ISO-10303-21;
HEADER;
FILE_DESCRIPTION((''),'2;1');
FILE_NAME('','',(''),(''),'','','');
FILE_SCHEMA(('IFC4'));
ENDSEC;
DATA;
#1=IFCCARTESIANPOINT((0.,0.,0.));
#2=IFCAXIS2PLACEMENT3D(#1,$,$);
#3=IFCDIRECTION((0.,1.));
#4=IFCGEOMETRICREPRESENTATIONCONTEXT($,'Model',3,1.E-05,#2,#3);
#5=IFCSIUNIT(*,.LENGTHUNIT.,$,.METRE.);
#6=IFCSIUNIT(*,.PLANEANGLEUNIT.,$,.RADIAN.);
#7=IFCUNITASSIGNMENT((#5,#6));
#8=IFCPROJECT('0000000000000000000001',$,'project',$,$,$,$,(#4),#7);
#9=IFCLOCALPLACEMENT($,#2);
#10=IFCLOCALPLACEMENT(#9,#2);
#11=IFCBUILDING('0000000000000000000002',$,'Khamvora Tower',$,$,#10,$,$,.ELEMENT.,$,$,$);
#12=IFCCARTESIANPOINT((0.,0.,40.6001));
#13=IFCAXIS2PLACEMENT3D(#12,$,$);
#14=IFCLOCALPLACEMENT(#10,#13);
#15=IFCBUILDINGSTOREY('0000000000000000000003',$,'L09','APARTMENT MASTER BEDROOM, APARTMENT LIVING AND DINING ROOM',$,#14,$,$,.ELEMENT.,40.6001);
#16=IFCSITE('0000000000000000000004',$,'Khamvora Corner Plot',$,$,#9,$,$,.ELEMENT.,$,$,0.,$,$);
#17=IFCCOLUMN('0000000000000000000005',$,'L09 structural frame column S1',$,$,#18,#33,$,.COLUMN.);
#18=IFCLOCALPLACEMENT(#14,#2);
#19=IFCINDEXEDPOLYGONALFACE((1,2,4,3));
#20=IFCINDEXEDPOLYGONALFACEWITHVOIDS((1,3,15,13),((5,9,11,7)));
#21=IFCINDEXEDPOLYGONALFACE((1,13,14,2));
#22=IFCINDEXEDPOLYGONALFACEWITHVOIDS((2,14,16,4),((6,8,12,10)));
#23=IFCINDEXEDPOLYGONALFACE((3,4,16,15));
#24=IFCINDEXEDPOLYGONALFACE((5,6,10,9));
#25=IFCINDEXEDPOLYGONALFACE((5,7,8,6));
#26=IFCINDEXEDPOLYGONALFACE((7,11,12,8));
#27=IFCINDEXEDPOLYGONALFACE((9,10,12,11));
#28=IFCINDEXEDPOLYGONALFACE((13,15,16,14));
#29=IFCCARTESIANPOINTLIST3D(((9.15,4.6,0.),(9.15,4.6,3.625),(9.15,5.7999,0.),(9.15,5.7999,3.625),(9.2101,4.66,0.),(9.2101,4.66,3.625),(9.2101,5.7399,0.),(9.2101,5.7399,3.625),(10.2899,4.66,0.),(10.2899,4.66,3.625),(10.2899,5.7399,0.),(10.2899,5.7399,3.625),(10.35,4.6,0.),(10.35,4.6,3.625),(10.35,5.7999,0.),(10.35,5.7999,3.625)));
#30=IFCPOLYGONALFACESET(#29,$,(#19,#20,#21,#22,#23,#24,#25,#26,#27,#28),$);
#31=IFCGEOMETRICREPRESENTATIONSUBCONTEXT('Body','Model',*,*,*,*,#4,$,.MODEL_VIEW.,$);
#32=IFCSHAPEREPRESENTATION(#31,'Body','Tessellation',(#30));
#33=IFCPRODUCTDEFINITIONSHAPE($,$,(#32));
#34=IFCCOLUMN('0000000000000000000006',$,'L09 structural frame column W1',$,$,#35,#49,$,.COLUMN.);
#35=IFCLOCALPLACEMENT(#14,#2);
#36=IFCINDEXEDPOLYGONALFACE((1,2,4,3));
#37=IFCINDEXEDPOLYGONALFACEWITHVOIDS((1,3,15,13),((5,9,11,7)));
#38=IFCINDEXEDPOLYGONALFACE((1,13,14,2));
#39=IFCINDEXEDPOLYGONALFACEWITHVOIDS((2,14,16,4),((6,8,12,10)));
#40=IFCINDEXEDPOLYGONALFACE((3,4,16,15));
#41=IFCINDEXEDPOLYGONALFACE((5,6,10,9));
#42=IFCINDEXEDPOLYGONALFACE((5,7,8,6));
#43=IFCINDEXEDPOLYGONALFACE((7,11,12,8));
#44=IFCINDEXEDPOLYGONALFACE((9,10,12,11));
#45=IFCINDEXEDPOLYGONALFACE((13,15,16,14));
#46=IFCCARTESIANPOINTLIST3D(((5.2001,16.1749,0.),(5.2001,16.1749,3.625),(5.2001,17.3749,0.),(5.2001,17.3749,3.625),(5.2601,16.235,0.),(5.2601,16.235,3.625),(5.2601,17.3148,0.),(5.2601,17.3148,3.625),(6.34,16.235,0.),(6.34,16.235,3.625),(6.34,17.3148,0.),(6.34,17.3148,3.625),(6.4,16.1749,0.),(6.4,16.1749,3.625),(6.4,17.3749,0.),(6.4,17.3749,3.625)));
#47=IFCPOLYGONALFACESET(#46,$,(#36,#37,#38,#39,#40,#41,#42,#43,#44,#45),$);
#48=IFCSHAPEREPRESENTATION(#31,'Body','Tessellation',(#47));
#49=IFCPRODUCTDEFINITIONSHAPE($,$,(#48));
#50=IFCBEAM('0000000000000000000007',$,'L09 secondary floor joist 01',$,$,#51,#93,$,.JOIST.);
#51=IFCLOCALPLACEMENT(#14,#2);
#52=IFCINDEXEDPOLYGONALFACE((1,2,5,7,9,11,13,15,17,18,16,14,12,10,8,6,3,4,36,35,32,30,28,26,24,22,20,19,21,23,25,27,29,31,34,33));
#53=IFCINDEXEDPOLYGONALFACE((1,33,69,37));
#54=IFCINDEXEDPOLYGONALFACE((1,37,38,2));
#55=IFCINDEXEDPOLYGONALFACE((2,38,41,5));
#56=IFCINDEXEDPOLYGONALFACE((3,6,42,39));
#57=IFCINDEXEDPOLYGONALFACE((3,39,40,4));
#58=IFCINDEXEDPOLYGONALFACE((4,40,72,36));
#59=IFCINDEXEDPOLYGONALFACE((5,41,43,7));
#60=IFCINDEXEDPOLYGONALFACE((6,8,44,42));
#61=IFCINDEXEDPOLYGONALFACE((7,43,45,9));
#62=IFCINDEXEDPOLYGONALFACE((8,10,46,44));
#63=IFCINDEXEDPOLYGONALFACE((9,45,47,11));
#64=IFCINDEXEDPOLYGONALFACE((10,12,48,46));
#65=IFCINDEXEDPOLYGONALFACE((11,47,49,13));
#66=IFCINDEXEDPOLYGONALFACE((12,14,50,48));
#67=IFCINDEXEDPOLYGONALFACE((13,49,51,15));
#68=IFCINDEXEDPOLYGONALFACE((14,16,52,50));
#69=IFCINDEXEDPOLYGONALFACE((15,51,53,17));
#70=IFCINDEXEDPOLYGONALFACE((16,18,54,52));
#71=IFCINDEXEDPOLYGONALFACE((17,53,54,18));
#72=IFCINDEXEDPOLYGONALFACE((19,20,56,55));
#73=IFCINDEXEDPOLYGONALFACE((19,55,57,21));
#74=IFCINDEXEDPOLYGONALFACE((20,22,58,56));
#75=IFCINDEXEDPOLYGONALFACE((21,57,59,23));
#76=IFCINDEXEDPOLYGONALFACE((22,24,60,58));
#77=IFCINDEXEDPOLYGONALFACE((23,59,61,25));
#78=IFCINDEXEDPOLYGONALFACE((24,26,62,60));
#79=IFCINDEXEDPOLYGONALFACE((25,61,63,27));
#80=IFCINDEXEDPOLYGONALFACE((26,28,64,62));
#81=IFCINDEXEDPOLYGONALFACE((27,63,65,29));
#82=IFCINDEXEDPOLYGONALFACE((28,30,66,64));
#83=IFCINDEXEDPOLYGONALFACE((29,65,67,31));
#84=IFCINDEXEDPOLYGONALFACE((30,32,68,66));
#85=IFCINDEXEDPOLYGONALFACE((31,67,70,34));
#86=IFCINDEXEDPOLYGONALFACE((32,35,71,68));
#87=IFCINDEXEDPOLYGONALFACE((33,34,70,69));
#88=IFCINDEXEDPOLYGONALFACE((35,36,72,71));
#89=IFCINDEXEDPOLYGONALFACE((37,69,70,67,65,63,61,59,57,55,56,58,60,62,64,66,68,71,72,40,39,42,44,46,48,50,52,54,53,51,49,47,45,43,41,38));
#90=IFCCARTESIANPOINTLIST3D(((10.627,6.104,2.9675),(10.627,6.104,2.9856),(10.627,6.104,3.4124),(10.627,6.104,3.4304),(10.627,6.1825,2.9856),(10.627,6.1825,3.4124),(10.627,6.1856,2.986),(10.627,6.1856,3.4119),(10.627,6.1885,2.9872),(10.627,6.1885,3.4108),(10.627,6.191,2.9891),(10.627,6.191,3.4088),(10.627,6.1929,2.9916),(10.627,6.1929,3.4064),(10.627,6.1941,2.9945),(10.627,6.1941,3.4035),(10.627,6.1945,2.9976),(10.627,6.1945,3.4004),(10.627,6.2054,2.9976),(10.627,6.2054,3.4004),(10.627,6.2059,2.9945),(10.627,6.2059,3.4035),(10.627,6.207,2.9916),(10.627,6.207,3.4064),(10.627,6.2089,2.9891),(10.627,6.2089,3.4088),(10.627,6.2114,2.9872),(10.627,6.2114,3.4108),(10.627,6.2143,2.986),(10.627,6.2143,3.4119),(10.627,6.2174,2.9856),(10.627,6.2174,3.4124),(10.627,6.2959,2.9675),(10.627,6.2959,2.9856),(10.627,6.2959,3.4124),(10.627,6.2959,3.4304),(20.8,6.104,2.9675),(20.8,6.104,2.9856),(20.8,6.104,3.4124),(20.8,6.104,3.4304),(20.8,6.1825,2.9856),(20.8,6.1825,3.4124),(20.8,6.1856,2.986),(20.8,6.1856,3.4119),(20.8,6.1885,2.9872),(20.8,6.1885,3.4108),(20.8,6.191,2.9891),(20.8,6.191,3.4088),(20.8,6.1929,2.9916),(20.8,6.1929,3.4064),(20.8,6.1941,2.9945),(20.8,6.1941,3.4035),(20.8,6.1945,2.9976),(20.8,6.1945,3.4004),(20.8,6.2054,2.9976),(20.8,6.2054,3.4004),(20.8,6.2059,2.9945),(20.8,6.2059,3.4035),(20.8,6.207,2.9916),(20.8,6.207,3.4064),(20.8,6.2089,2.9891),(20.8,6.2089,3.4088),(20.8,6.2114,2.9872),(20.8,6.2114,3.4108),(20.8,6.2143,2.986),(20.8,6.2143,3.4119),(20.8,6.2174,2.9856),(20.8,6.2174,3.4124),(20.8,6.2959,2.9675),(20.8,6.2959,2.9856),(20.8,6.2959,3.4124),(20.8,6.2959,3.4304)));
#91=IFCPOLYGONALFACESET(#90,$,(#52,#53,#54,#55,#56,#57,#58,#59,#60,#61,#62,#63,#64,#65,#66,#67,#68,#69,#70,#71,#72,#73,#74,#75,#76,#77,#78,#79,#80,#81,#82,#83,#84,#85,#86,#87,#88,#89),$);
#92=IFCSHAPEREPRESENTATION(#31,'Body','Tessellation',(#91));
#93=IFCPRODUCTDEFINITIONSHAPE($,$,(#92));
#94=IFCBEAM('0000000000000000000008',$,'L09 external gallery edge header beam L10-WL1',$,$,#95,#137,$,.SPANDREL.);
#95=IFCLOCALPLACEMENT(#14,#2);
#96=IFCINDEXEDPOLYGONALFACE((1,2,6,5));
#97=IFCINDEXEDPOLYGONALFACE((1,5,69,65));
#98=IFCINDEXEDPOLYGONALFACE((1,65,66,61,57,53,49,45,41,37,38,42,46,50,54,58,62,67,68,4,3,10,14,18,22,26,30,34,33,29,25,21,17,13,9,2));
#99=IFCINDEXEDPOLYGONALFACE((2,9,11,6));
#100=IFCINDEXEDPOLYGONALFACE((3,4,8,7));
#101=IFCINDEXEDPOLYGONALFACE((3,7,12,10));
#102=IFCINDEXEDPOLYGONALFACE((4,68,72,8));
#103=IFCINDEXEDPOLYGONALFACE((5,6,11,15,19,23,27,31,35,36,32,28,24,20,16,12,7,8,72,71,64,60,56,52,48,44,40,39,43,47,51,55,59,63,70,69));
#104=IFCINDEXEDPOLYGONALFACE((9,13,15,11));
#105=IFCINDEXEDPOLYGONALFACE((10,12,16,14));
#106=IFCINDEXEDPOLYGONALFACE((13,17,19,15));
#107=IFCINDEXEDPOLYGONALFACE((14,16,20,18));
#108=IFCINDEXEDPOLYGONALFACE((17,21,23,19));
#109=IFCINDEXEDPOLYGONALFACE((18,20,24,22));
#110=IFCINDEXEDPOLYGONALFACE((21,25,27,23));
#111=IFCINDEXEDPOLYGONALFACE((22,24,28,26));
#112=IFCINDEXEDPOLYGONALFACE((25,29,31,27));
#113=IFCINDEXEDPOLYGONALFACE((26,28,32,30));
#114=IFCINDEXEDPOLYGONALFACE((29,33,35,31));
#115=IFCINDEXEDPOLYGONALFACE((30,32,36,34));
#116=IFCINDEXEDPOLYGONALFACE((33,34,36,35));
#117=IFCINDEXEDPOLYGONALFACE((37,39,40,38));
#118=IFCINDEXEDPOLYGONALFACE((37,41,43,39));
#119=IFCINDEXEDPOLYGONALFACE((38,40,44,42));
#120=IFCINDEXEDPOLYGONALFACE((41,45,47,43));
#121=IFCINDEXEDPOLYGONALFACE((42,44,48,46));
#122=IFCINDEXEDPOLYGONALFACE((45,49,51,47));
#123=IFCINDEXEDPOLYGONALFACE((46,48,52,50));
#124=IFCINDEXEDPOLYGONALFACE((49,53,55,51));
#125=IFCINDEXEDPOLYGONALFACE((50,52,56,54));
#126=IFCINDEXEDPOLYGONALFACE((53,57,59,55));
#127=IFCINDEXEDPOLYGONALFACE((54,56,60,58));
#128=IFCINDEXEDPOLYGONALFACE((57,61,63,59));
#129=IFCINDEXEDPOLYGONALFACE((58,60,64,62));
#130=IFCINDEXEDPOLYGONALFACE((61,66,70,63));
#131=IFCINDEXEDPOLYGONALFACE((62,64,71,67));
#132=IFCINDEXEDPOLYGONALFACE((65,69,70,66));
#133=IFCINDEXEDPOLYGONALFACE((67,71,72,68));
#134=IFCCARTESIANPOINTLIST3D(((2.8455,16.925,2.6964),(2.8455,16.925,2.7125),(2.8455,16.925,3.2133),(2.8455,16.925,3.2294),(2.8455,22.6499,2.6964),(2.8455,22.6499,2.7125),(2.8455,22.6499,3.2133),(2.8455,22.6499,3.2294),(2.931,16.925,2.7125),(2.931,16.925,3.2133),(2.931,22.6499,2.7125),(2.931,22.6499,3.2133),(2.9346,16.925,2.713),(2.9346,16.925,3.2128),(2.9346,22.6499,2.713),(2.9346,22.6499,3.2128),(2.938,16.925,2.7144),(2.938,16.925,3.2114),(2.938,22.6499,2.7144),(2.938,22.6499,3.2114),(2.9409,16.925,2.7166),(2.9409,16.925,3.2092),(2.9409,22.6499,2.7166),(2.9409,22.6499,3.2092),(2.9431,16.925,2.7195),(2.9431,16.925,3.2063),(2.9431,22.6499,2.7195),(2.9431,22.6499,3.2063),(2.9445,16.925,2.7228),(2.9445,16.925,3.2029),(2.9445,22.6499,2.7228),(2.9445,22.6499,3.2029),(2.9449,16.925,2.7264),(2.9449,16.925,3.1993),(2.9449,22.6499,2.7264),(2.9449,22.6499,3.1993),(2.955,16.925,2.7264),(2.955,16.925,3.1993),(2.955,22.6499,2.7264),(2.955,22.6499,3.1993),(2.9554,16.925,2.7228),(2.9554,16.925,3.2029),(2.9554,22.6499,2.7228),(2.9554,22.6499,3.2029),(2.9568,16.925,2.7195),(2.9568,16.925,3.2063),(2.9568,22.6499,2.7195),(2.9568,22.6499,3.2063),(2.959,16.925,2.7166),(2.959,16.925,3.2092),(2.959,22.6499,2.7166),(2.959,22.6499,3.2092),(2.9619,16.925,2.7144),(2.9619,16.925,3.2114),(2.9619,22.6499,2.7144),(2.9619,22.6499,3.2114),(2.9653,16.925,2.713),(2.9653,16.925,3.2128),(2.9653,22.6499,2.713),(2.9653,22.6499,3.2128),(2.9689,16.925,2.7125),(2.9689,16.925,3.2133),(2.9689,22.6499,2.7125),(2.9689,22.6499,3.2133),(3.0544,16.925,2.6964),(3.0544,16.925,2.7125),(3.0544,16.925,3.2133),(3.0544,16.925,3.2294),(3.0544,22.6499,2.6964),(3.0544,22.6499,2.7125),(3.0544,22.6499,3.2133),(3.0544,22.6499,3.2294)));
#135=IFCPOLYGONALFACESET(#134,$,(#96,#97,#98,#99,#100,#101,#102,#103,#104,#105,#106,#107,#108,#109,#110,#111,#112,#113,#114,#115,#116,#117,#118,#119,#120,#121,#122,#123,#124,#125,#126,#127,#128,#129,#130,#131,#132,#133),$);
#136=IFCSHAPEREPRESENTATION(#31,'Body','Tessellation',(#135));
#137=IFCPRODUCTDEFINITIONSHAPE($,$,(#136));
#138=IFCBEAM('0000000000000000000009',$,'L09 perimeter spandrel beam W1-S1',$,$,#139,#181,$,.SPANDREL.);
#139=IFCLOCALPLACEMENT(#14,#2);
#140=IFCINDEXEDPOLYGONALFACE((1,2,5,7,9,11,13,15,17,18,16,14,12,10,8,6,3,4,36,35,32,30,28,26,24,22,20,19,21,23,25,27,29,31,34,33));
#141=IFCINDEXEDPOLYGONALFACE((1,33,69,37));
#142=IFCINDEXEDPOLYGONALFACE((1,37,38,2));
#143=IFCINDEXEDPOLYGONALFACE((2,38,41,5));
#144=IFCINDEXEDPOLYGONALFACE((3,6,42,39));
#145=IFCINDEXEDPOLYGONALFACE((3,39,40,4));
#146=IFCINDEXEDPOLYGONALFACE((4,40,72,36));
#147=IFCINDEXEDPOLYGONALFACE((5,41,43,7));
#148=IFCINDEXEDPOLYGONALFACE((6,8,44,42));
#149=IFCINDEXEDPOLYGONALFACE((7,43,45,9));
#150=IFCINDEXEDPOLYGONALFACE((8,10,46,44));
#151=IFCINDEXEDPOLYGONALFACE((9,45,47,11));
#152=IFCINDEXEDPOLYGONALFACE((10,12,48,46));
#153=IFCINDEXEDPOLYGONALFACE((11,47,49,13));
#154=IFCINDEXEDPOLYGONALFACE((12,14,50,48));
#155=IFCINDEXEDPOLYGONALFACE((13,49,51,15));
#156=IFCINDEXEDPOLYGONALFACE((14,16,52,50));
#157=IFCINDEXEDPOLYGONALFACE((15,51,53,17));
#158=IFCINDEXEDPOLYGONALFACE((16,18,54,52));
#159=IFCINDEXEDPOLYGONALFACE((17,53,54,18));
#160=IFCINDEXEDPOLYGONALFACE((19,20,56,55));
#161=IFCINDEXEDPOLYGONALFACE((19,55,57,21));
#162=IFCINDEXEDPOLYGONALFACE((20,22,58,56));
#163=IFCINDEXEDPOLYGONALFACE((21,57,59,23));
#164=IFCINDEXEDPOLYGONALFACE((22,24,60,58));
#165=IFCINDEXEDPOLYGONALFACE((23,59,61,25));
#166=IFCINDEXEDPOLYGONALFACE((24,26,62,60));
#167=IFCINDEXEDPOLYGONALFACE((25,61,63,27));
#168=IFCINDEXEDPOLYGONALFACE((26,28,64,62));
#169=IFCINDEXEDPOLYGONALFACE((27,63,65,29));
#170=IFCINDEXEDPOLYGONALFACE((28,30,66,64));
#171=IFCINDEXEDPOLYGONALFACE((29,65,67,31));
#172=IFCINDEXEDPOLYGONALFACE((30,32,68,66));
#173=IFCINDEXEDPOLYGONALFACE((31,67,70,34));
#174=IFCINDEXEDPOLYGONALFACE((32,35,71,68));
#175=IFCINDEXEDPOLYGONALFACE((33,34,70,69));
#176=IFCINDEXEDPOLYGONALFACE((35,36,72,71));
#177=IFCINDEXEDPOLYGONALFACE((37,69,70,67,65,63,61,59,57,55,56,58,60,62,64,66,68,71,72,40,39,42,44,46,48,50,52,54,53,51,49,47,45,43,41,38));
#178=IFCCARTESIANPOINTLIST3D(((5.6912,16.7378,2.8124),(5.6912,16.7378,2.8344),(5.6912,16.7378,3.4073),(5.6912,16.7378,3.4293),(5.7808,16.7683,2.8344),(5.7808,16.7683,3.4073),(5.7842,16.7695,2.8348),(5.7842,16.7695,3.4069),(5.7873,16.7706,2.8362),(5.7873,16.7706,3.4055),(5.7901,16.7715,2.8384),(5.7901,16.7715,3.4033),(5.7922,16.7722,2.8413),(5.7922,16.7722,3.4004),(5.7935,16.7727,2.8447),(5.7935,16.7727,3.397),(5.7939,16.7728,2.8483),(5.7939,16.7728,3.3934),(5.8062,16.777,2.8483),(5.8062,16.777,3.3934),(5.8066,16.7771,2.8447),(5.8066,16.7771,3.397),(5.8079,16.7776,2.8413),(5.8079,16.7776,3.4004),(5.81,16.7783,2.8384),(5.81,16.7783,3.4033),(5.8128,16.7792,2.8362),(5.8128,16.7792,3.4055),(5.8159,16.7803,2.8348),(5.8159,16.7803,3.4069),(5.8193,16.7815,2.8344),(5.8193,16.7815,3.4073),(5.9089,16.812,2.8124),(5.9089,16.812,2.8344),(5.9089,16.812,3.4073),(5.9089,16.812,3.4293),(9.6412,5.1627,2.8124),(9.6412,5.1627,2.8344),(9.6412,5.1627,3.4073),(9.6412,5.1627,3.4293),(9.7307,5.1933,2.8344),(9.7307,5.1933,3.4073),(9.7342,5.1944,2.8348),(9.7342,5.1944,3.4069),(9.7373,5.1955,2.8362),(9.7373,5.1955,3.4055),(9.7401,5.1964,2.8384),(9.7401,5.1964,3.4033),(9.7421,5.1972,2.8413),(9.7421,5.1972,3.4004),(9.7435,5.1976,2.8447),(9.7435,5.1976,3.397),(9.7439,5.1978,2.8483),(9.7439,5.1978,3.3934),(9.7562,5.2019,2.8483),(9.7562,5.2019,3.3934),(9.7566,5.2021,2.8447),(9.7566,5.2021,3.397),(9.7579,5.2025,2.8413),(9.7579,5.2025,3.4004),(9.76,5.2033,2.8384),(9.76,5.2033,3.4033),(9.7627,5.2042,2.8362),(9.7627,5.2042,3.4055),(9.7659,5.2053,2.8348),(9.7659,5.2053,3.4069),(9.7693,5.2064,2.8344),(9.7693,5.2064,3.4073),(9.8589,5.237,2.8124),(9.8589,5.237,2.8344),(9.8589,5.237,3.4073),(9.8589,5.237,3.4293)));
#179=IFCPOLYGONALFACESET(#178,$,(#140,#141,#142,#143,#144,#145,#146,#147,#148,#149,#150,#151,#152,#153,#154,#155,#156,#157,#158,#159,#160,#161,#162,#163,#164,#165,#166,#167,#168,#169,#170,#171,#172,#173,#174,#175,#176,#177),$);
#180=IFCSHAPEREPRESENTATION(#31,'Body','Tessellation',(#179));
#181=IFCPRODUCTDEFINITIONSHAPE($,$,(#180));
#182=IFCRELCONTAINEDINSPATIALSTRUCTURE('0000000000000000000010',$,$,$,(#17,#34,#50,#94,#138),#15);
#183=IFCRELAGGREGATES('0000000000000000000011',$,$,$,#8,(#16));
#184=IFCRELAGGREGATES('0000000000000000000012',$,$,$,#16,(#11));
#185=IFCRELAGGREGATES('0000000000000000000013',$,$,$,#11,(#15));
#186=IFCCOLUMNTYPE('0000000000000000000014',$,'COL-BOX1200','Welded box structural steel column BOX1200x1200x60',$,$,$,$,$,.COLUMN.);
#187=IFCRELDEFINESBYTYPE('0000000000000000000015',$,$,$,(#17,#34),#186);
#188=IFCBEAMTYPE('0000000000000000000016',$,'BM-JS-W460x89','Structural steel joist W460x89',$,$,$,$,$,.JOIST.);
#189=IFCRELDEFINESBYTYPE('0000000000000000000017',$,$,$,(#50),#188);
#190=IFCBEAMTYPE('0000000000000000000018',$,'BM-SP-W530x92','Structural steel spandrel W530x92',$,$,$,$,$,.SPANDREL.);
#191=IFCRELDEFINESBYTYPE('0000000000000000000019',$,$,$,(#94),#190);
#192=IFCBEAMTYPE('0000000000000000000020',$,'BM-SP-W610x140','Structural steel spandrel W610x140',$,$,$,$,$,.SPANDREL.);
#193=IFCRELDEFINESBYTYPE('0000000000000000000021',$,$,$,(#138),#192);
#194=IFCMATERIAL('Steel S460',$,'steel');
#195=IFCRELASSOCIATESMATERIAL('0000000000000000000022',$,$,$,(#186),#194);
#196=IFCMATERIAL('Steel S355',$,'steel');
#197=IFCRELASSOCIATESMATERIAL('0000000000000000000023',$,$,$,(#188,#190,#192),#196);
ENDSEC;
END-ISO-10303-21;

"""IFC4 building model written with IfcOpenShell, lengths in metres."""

from ifc_helpers import new_model, si_unit, direction, frame, origin, origin_2d, place, context, subcontext, project, spatial, hollow_rectangle, i_section, extrude, material, material_profile, profile_set, type_object, element, save


model = new_model("IFC4")

# Units and contexts
model_context = context("Model", 3, precision=1e-05, world=origin(), true_north=direction((0.0, 1.0)))
body_context = subcontext(model_context, "Body", "Model", "MODEL_VIEW")
ifc_project = project(units=[si_unit("LENGTHUNIT", "METRE"), si_unit("PLANEANGLEUNIT", "RADIAN")], contexts=[model_context])

# Site, building, storey
site_placement = place(None, origin())
site = spatial("IfcSite", under=ifc_project, at=site_placement, Name="Khamvora Corner Plot", CompositionType="ELEMENT", RefElevation=0.0)
building_placement = place(site_placement, origin())
building = spatial("IfcBuilding", under=site, at=building_placement, Name="Khamvora Tower", CompositionType="ELEMENT")
storey_placement = place(building_placement, frame((0.0, 0.0, 40.6001)))
storey = spatial("IfcBuildingStorey", under=building, at=storey_placement, Name="L09", Description="APARTMENT MASTER BEDROOM, APARTMENT LIVING AND DINING ROOM", CompositionType="ELEMENT", Elevation=40.6001)

# Columns
ifc_material_1 = material(Name="Steel S460", Category="steel")
ifc_material_profile_1 = material_profile(ifc_material_1, hollow_rectangle(XDim=1.2, YDim=1.2, WallThickness=0.0601, at=origin_2d()), Name="BOX1200x1200x60")
ifc_profile_set_1 = profile_set([ifc_material_profile_1], Name="Steel S460")
column_type = type_object("IfcColumnType", Name="COL-BOX1200", Description="Welded box structural steel column BOX1200x1200x60", PredefinedType="COLUMN", material=ifc_profile_set_1)
for number, where, z_axis, x_axis, name in (
    (1, (9.75, 5.2, 0.0), (0.0, 0.0, 1.0), (1.0, 0.0, 0.0), "L09 structural frame column S1"),
    (2, (5.8, 16.7749, 0.0), (0.0, 0.0, 1.0), (1.0, 0.0, 0.0), "L09 structural frame column W1"),
):
    element("IfcColumn", number, at=place(storey_placement, frame(where, z_axis=z_axis, x_axis=x_axis)), inside=storey, type_object=column_type, Name=name, PredefinedType="COLUMN", context=body_context, shape_type="SweptSolid", body=[
        extrude(hollow_rectangle(XDim=1.2, YDim=1.2, WallThickness=0.0601, at=origin_2d()), origin(), (0.0, 0.0, 1.0), 3.625),
    ])

# Beams
ifc_material_2 = material(Name="Steel S355", Category="steel")
ifc_material_profile_2 = material_profile(ifc_material_2, i_section(OverallWidth=0.1919, OverallDepth=0.4629, WebThickness=0.011, FlangeThickness=0.0181, FilletRadius=0.012, at=origin_2d()), Name="W460x89")
ifc_profile_set_2 = profile_set([ifc_material_profile_2], Name="Steel S355")
beam_type_1 = type_object("IfcBeamType", Name="BM-JS-W460x89", Description="Structural steel joist W460x89", PredefinedType="JOIST", material=ifc_profile_set_2)
beam_1_placement = place(storey_placement, frame((10.627, 6.2, 3.199), z_axis=(1.0, 0.0, 0.0), x_axis=(0.0, 1.0, 0.0)))
element("IfcBeam", 3, at=beam_1_placement, inside=storey, type_object=beam_type_1, Name="L09 secondary floor joist 01", PredefinedType="JOIST", context=body_context, shape_type="SweptSolid", body=[
    extrude(i_section(OverallWidth=0.1919, OverallDepth=0.4629, WebThickness=0.011, FlangeThickness=0.0181, FilletRadius=0.012, at=origin_2d()), origin(), (0.0, 0.0, 1.0), 10.1731),
])
ifc_material_profile_3 = material_profile(ifc_material_2, i_section(OverallWidth=0.209, OverallDepth=0.533, WebThickness=0.01, FlangeThickness=0.0161, FilletRadius=0.0139, at=origin_2d()), Name="W530x92")
ifc_profile_set_3 = profile_set([ifc_material_profile_3], Name="Steel S355")
beam_type_2 = type_object("IfcBeamType", Name="BM-SP-W530x92", Description="Structural steel spandrel W530x92", PredefinedType="SPANDREL", material=ifc_profile_set_3)
beam_2_placement = place(storey_placement, frame((2.95, 16.925, 2.9629), z_axis=(0.0, 1.0, 0.0), x_axis=(-1.0, 0.0, 0.0)))
element("IfcBeam", 4, at=beam_2_placement, inside=storey, type_object=beam_type_2, Name="L09 external gallery edge header beam L10-WL1", PredefinedType="SPANDREL", context=body_context, shape_type="SweptSolid", body=[
    extrude(i_section(OverallWidth=0.209, OverallDepth=0.533, WebThickness=0.01, FlangeThickness=0.0161, FilletRadius=0.0139, at=origin_2d()), origin(), (0.0, 0.0, 1.0), 5.7249),
])
ifc_material_profile_4 = material_profile(ifc_material_2, i_section(OverallWidth=0.23, OverallDepth=0.6169, WebThickness=0.0129, FlangeThickness=0.022, FilletRadius=0.0139, at=origin_2d()), Name="W610x140")
ifc_profile_set_4 = profile_set([ifc_material_profile_4], Name="Steel S355")
beam_type_3 = type_object("IfcBeamType", Name="BM-SP-W610x140", Description="Structural steel spandrel W610x140", PredefinedType="SPANDREL", material=ifc_profile_set_4)
beam_3_placement = place(storey_placement, frame((5.8, 16.7749, 3.1208), z_axis=(0.322963, -0.946412, 0.0), x_axis=(0.946412, 0.322963, 0.0)))
element("IfcBeam", 5, at=beam_3_placement, inside=storey, type_object=beam_type_3, Name="L09 perimeter spandrel beam W1-S1", PredefinedType="SPANDREL", context=body_context, shape_type="SweptSolid", body=[
    extrude(i_section(OverallWidth=0.23, OverallDepth=0.6169, WebThickness=0.0129, FlangeThickness=0.022, FilletRadius=0.0139, at=origin_2d()), origin(), (0.0, 0.0, 1.0), 12.2305),
])

save(model, "model.ifc")
